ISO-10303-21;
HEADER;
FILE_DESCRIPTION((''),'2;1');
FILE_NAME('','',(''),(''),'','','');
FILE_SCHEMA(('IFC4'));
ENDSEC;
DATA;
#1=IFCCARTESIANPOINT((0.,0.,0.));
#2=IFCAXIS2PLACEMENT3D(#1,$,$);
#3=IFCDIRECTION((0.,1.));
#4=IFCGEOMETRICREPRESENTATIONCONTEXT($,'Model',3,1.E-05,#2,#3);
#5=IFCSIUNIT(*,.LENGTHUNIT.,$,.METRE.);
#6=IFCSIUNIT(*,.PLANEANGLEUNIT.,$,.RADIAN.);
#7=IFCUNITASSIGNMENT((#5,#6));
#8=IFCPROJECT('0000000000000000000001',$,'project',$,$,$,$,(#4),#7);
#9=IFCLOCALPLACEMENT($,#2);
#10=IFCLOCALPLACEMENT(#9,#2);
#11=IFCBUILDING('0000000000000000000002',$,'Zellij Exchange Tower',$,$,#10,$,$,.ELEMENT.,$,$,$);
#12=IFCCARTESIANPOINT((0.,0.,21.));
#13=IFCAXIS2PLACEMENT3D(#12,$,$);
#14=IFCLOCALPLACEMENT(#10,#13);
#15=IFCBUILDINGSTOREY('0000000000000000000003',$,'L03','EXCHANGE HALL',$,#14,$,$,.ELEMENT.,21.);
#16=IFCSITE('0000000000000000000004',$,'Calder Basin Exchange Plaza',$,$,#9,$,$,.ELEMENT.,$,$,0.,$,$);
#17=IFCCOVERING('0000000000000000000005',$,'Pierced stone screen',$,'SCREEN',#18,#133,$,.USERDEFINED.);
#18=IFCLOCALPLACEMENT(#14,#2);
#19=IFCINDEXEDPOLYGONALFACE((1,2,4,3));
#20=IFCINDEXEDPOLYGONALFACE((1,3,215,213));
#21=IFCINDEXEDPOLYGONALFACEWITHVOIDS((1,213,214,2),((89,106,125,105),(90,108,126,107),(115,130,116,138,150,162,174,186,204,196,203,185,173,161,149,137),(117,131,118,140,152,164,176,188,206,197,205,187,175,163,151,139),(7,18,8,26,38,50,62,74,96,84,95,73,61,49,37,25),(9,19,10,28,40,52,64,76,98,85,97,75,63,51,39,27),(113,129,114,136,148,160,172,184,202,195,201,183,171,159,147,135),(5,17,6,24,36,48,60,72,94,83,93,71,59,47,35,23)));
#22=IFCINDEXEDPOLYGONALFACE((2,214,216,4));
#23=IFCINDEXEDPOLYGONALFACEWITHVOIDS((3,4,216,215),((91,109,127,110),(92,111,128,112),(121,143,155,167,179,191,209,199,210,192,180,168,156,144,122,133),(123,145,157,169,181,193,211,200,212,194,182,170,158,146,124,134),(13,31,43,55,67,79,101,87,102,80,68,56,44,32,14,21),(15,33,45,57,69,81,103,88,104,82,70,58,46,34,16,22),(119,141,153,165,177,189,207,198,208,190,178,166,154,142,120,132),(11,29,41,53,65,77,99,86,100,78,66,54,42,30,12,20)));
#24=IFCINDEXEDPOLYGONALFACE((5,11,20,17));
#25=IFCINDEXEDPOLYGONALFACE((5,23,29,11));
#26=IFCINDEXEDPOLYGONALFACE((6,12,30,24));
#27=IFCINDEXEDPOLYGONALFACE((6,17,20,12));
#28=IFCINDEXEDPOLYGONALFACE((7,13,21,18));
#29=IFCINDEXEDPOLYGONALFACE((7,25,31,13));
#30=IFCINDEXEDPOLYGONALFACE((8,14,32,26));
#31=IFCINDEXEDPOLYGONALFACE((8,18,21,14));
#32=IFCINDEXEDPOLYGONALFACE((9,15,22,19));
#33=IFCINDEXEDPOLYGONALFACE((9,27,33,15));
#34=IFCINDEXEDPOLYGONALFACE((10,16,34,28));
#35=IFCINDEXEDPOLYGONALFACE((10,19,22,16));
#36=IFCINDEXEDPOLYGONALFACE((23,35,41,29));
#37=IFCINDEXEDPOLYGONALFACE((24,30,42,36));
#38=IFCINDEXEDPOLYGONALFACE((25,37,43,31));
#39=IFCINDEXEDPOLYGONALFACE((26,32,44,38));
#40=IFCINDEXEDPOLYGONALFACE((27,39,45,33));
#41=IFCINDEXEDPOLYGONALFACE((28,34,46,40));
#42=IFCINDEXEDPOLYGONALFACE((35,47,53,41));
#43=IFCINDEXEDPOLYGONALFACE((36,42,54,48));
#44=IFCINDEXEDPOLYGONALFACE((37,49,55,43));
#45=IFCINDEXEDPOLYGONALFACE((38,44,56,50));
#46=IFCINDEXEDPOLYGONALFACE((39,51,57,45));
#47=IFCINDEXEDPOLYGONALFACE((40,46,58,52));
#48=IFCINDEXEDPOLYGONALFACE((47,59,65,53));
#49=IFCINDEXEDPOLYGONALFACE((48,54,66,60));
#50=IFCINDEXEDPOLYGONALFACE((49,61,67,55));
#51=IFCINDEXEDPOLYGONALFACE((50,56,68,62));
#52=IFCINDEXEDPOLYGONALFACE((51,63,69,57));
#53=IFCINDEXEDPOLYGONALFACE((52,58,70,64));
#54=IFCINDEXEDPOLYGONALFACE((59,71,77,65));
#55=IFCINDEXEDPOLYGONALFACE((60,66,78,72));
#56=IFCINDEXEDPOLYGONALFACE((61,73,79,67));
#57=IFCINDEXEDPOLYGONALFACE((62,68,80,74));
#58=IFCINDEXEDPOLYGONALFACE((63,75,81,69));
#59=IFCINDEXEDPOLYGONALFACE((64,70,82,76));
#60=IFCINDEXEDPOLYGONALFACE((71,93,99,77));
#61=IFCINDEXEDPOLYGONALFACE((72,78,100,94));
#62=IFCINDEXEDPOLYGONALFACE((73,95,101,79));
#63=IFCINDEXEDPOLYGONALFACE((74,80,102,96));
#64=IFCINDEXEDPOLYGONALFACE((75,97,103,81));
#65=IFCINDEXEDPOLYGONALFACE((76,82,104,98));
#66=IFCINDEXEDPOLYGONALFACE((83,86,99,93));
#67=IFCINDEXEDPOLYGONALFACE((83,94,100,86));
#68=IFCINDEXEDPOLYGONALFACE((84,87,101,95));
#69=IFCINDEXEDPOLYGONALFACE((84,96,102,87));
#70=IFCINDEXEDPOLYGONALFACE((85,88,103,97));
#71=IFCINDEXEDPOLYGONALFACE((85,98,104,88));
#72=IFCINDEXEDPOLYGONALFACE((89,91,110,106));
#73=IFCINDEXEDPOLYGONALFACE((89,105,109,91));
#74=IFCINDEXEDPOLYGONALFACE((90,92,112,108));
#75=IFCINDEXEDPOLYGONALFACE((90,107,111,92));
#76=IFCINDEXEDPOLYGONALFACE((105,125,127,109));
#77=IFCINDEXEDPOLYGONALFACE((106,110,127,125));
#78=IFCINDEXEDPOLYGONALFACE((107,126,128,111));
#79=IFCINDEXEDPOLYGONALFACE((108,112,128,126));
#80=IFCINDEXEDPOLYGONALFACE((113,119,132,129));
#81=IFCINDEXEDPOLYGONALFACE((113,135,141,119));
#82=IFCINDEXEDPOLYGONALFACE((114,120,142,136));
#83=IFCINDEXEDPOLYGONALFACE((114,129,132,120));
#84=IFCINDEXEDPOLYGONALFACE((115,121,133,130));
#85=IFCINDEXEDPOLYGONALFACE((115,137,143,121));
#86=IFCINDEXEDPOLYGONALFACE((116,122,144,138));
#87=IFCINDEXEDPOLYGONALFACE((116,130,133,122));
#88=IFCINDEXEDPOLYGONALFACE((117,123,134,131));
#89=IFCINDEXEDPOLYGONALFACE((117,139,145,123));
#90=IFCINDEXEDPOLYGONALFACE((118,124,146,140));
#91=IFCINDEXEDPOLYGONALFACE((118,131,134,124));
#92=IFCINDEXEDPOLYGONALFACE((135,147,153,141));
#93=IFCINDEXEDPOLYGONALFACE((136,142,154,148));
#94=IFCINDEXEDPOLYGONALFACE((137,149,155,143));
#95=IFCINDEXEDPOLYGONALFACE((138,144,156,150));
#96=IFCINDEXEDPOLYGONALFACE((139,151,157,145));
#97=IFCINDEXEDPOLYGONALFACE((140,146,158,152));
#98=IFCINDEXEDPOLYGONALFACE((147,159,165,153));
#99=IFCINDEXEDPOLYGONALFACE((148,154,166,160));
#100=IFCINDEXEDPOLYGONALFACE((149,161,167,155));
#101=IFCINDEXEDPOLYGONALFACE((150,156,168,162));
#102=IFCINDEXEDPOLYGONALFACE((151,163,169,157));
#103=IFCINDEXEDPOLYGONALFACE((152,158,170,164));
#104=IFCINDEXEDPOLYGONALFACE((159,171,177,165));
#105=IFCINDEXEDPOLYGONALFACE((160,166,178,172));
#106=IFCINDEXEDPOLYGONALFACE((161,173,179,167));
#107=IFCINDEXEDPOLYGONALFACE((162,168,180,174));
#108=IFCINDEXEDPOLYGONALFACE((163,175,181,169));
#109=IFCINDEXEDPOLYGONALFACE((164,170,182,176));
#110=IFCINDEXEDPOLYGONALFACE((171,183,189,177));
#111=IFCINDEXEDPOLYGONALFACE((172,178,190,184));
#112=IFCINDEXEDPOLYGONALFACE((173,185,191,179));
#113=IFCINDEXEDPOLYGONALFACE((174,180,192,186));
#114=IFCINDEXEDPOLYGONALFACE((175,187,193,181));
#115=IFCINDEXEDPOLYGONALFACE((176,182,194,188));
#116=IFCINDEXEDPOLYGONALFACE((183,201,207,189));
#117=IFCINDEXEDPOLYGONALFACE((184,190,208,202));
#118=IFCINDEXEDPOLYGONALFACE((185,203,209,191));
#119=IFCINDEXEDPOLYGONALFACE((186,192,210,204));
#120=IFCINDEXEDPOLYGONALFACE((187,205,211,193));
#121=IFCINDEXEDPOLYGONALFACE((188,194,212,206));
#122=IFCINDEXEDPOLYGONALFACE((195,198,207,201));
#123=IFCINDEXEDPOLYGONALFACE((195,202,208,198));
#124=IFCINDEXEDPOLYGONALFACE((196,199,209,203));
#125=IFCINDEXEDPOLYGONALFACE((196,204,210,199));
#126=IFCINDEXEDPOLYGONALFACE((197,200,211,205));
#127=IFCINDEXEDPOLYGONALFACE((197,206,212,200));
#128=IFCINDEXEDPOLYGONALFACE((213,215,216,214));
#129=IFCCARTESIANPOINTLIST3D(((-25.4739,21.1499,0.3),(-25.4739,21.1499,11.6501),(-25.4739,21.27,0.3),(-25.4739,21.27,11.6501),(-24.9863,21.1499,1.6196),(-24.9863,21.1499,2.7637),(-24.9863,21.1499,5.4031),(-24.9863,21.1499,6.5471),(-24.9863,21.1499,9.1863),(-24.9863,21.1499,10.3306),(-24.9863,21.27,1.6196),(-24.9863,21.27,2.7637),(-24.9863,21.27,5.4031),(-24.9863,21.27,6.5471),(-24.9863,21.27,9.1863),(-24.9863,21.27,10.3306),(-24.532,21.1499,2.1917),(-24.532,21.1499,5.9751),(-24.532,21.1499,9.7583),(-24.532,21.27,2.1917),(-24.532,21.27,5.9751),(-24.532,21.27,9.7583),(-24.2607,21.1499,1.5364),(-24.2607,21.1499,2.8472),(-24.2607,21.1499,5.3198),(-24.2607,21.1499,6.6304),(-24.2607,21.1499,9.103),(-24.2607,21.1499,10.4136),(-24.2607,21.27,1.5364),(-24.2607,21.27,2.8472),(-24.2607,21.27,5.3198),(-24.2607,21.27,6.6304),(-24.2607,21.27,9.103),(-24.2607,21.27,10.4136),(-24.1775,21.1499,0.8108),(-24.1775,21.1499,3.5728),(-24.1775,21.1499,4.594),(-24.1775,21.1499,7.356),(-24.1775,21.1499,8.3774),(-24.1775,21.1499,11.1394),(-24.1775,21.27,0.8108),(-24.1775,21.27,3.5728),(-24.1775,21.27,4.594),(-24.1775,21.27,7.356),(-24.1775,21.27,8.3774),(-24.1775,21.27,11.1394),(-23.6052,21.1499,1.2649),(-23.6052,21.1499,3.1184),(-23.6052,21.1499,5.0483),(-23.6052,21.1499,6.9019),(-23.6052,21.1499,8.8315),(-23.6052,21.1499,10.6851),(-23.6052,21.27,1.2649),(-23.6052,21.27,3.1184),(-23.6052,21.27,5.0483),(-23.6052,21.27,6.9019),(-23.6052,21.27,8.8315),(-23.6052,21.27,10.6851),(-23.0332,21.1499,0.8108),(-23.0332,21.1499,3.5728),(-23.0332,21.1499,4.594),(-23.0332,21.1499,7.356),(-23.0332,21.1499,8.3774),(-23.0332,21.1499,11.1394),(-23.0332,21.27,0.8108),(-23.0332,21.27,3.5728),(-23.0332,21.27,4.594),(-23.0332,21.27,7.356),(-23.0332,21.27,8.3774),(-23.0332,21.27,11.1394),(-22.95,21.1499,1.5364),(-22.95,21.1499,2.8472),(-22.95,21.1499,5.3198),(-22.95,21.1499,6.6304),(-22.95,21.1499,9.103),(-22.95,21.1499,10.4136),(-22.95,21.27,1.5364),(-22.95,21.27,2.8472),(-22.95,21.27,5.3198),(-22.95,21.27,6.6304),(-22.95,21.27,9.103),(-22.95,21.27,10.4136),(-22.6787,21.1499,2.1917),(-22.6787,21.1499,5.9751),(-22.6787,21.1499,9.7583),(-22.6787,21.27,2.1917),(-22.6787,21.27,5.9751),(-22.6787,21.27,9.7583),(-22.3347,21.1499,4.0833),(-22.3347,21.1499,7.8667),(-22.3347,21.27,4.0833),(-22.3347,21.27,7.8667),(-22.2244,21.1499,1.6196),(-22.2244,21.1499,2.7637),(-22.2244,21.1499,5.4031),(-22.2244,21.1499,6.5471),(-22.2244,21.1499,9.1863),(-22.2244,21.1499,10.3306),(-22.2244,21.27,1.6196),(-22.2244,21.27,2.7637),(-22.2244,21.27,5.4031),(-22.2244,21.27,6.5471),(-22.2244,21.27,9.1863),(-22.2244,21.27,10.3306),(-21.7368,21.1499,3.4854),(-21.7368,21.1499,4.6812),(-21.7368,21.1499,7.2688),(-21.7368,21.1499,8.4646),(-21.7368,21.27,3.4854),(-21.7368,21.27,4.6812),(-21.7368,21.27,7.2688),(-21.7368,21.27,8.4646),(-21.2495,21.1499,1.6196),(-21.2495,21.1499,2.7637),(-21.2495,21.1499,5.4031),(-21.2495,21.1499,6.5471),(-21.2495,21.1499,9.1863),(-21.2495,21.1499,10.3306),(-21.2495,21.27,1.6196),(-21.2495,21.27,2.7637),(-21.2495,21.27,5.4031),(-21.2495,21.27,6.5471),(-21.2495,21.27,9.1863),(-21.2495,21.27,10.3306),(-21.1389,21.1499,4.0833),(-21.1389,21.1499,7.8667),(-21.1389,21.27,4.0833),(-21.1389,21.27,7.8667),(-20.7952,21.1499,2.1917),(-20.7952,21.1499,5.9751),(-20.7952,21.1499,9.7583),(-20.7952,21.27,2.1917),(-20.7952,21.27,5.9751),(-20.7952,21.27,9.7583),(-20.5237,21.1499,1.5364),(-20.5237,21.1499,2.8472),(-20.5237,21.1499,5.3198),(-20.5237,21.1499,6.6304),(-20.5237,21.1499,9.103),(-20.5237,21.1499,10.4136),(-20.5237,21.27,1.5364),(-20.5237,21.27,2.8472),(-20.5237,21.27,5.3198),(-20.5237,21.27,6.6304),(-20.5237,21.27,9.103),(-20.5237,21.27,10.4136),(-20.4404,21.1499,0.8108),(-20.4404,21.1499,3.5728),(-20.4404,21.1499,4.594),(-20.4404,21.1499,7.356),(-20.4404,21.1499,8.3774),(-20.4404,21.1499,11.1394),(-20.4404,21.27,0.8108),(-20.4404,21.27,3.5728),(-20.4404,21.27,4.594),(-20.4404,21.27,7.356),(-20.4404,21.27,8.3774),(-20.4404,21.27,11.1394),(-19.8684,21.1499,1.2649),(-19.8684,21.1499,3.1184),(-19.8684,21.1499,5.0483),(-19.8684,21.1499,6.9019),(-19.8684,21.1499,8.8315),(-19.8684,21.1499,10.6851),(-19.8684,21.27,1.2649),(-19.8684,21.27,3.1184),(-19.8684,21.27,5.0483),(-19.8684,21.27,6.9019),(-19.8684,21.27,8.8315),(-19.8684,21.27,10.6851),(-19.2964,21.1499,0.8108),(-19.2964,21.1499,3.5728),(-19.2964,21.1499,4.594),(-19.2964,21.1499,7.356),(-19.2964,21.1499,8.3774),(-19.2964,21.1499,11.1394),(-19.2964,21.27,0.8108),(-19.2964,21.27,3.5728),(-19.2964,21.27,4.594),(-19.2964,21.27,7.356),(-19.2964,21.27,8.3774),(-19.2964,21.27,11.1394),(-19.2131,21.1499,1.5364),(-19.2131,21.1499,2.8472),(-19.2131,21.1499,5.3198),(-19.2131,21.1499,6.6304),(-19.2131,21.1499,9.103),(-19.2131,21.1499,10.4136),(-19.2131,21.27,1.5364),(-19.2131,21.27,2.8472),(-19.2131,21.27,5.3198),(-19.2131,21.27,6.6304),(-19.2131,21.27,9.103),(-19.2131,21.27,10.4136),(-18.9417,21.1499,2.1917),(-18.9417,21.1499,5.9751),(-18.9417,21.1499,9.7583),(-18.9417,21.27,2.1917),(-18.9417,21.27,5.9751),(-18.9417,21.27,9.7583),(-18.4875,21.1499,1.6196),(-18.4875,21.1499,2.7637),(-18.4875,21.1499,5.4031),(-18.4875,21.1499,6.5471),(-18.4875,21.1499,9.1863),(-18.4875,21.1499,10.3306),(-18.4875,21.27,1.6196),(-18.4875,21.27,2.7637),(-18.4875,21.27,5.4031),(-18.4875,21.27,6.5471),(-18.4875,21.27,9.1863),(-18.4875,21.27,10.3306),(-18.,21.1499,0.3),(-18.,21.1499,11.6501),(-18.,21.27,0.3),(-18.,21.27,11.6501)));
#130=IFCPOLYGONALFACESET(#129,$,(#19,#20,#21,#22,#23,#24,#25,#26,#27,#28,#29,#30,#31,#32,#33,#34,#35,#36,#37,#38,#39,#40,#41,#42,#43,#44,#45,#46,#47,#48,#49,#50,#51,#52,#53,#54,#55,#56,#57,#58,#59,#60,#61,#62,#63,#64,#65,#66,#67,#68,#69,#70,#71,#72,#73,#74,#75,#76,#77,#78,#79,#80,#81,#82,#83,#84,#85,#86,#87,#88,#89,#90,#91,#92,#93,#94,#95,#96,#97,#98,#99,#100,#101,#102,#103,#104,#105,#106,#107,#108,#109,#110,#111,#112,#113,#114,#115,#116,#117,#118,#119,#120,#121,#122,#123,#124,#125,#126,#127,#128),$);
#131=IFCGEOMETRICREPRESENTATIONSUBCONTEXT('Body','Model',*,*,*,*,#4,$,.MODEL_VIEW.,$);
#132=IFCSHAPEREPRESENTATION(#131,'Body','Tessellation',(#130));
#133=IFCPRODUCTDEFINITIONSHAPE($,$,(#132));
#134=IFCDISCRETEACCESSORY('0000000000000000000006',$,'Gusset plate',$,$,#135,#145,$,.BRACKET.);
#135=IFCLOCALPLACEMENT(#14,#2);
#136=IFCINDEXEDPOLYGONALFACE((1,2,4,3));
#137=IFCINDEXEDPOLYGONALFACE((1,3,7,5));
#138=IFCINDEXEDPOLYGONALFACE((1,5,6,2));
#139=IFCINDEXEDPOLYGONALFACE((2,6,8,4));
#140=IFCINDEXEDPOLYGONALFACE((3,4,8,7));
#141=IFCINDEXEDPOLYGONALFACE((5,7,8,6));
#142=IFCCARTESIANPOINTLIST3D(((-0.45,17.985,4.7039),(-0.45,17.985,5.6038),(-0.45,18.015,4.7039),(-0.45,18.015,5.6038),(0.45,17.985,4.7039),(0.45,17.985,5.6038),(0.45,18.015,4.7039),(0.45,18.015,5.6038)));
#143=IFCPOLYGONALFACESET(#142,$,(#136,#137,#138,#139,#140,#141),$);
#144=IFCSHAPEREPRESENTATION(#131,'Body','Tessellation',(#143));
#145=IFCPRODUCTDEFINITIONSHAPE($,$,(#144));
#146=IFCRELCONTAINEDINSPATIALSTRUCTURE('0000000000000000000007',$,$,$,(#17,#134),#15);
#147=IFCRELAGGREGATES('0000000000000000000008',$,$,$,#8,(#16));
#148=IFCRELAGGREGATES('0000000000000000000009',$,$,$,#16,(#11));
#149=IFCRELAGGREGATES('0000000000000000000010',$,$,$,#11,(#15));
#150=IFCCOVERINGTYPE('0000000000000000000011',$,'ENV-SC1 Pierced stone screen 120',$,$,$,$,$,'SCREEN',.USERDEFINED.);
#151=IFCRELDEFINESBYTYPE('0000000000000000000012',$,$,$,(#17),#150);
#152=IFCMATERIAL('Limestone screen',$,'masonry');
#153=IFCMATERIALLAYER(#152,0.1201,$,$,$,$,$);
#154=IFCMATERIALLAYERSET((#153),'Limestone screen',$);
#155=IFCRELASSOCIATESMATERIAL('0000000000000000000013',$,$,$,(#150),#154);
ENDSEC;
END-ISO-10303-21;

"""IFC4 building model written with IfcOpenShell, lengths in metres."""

from ifc_helpers import new_model, si_unit, direction, frame, origin, origin_2d, place, context, subcontext, project, spatial, polyline, rectangle, outline, extrude, material, layer, layer_set, type_object, element, save


model = new_model("IFC4")

# Units and contexts
model_context = context("Model", 3, precision=1e-05, world=origin(), true_north=direction((0.0, 1.0)))
body_context = subcontext(model_context, "Body", "Model", "MODEL_VIEW")
ifc_project = project(units=[si_unit("LENGTHUNIT", "METRE"), si_unit("PLANEANGLEUNIT", "RADIAN")], contexts=[model_context])

# Site, building, storey
site_placement = place(None, origin())
site = spatial("IfcSite", under=ifc_project, at=site_placement, Name="Calder Basin Exchange Plaza", CompositionType="ELEMENT", RefElevation=0.0)
building_placement = place(site_placement, origin())
building = spatial("IfcBuilding", under=site, at=building_placement, Name="Zellij Exchange Tower", CompositionType="ELEMENT")
storey_placement = place(building_placement, frame((0.0, 0.0, 21.0)))
storey = spatial("IfcBuildingStorey", under=building, at=storey_placement, Name="L03", Description="EXCHANGE HALL", CompositionType="ELEMENT", Elevation=21.0)

# Covering
ifc_material_1 = material(Name="Limestone screen", Category="masonry")
ifc_layer_1 = layer(ifc_material_1, 0.1201)
ifc_layer_set_1 = layer_set([ifc_layer_1], Name="Limestone screen")
covering_type_1 = type_object("IfcCoveringType", Name="ENV-SC1 Pierced stone screen 120", ElementType="SCREEN", PredefinedType="USERDEFINED", material=ifc_layer_set_1)
covering_1_placement = place(storey_placement, frame((-18.0, 21.21, 0.3), z_axis=(0.0, 0.0, 1.0), x_axis=(-1.0, 0.0, 0.0)))
element("IfcCovering", 1, at=covering_1_placement, inside=storey, type_object=covering_type_1, Name="Pierced stone screen", ObjectType="SCREEN", PredefinedType="USERDEFINED", context=body_context, shape_type="SweptSolid", body=[
    extrude(outline(polyline([(0.0, 0.0), (7.4739, 0.0), (7.4739, 11.3501), (0.0, 11.3501), (0.0, 0.0)]), holes=[polyline([(3.2495, 2.4636), (2.5237, 2.5471), (2.4404, 3.2727), (1.8684, 2.8184), (1.2964, 3.2727), (1.2131, 2.5471), (0.4875, 2.4636), (0.9417, 1.8916), (0.4875, 1.3196), (1.2131, 1.2363), (1.2964, 0.5107), (1.8684, 0.9648), (2.4404, 0.5107), (2.5237, 1.2363), (3.2495, 1.3196), (2.7952, 1.8916), (3.2495, 2.4636)]), polyline([(3.2495, 6.2471), (2.5237, 6.3303), (2.4404, 7.0559), (1.8684, 6.6018), (1.2964, 7.0559), (1.2131, 6.3303), (0.4875, 6.2471), (0.9417, 5.675), (0.4875, 5.103), (1.2131, 5.0198), (1.2964, 4.2939), (1.8684, 4.7483), (2.4404, 4.2939), (2.5237, 5.0198), (3.2495, 5.103), (2.7952, 5.675), (3.2495, 6.2471)]), polyline([(3.2495, 10.0305), (2.5237, 10.1135), (2.4404, 10.8394), (1.8684, 10.385), (1.2964, 10.8394), (1.2131, 10.1135), (0.4875, 10.0305), (0.9417, 9.4583), (0.4875, 8.8862), (1.2131, 8.803), (1.2964, 8.0774), (1.8684, 8.5315), (2.4404, 8.0774), (2.5237, 8.803), (3.2495, 8.8862), (2.7952, 9.4583), (3.2495, 10.0305)]), polyline([(6.9863, 2.4636), (6.2607, 2.5471), (6.1775, 3.2727), (5.6052, 2.8184), (5.0332, 3.2727), (4.95, 2.5471), (4.2244, 2.4636), (4.6787, 1.8916), (4.2244, 1.3196), (4.95, 1.2363), (5.0332, 0.5107), (5.6052, 0.9648), (6.1775, 0.5107), (6.2607, 1.2363), (6.9863, 1.3196), (6.532, 1.8916), (6.9863, 2.4636)]), polyline([(6.9863, 6.2471), (6.2607, 6.3303), (6.1775, 7.0559), (5.6052, 6.6018), (5.0332, 7.0559), (4.95, 6.3303), (4.2244, 6.2471), (4.6787, 5.675), (4.2244, 5.103), (4.95, 5.0198), (5.0332, 4.2939), (5.6052, 4.7483), (6.1775, 4.2939), (6.2607, 5.0198), (6.9863, 5.103), (6.532, 5.675), (6.9863, 6.2471)]), polyline([(6.9863, 10.0305), (6.2607, 10.1135), (6.1775, 10.8394), (5.6052, 10.385), (5.0332, 10.8394), (4.95, 10.1135), (4.2244, 10.0305), (4.6787, 9.4583), (4.2244, 8.8862), (4.95, 8.803), (5.0332, 8.0774), (5.6052, 8.5315), (6.1775, 8.0774), (6.2607, 8.803), (6.9863, 8.8862), (6.532, 9.4583), (6.9863, 10.0305)]), polyline([(4.3347, 3.7832), (3.7368, 4.3811), (3.1389, 3.7832), (3.7368, 3.1853), (4.3347, 3.7832)]), polyline([(4.3347, 7.5667), (3.7368, 8.1646), (3.1389, 7.5667), (3.7368, 6.9688), (4.3347, 7.5667)])]), frame((0.0, 0.0601, 0.0), z_axis=(0.0, -1.0, 0.0), x_axis=(1.0, 0.0, 0.0)), (0.0, 0.0, 1.0), 0.1201),
])

# Discrete accessory
discrete_accessory_placement = place(storey_placement, frame((0.0, 18.0, 4.7039), z_axis=(0.0, 0.0, 1.0), x_axis=(1.0, 0.0, 0.0)))
element("IfcDiscreteAccessory", 2, at=discrete_accessory_placement, inside=storey, Name="Gusset plate", PredefinedType="BRACKET", context=body_context, shape_type="SweptSolid", body=[
    extrude(rectangle(XDim=0.8999, YDim=0.03, at=origin_2d()), origin(), (0.0, 0.0, 1.0), 0.8999),
])

save(model, "model.ifc")
